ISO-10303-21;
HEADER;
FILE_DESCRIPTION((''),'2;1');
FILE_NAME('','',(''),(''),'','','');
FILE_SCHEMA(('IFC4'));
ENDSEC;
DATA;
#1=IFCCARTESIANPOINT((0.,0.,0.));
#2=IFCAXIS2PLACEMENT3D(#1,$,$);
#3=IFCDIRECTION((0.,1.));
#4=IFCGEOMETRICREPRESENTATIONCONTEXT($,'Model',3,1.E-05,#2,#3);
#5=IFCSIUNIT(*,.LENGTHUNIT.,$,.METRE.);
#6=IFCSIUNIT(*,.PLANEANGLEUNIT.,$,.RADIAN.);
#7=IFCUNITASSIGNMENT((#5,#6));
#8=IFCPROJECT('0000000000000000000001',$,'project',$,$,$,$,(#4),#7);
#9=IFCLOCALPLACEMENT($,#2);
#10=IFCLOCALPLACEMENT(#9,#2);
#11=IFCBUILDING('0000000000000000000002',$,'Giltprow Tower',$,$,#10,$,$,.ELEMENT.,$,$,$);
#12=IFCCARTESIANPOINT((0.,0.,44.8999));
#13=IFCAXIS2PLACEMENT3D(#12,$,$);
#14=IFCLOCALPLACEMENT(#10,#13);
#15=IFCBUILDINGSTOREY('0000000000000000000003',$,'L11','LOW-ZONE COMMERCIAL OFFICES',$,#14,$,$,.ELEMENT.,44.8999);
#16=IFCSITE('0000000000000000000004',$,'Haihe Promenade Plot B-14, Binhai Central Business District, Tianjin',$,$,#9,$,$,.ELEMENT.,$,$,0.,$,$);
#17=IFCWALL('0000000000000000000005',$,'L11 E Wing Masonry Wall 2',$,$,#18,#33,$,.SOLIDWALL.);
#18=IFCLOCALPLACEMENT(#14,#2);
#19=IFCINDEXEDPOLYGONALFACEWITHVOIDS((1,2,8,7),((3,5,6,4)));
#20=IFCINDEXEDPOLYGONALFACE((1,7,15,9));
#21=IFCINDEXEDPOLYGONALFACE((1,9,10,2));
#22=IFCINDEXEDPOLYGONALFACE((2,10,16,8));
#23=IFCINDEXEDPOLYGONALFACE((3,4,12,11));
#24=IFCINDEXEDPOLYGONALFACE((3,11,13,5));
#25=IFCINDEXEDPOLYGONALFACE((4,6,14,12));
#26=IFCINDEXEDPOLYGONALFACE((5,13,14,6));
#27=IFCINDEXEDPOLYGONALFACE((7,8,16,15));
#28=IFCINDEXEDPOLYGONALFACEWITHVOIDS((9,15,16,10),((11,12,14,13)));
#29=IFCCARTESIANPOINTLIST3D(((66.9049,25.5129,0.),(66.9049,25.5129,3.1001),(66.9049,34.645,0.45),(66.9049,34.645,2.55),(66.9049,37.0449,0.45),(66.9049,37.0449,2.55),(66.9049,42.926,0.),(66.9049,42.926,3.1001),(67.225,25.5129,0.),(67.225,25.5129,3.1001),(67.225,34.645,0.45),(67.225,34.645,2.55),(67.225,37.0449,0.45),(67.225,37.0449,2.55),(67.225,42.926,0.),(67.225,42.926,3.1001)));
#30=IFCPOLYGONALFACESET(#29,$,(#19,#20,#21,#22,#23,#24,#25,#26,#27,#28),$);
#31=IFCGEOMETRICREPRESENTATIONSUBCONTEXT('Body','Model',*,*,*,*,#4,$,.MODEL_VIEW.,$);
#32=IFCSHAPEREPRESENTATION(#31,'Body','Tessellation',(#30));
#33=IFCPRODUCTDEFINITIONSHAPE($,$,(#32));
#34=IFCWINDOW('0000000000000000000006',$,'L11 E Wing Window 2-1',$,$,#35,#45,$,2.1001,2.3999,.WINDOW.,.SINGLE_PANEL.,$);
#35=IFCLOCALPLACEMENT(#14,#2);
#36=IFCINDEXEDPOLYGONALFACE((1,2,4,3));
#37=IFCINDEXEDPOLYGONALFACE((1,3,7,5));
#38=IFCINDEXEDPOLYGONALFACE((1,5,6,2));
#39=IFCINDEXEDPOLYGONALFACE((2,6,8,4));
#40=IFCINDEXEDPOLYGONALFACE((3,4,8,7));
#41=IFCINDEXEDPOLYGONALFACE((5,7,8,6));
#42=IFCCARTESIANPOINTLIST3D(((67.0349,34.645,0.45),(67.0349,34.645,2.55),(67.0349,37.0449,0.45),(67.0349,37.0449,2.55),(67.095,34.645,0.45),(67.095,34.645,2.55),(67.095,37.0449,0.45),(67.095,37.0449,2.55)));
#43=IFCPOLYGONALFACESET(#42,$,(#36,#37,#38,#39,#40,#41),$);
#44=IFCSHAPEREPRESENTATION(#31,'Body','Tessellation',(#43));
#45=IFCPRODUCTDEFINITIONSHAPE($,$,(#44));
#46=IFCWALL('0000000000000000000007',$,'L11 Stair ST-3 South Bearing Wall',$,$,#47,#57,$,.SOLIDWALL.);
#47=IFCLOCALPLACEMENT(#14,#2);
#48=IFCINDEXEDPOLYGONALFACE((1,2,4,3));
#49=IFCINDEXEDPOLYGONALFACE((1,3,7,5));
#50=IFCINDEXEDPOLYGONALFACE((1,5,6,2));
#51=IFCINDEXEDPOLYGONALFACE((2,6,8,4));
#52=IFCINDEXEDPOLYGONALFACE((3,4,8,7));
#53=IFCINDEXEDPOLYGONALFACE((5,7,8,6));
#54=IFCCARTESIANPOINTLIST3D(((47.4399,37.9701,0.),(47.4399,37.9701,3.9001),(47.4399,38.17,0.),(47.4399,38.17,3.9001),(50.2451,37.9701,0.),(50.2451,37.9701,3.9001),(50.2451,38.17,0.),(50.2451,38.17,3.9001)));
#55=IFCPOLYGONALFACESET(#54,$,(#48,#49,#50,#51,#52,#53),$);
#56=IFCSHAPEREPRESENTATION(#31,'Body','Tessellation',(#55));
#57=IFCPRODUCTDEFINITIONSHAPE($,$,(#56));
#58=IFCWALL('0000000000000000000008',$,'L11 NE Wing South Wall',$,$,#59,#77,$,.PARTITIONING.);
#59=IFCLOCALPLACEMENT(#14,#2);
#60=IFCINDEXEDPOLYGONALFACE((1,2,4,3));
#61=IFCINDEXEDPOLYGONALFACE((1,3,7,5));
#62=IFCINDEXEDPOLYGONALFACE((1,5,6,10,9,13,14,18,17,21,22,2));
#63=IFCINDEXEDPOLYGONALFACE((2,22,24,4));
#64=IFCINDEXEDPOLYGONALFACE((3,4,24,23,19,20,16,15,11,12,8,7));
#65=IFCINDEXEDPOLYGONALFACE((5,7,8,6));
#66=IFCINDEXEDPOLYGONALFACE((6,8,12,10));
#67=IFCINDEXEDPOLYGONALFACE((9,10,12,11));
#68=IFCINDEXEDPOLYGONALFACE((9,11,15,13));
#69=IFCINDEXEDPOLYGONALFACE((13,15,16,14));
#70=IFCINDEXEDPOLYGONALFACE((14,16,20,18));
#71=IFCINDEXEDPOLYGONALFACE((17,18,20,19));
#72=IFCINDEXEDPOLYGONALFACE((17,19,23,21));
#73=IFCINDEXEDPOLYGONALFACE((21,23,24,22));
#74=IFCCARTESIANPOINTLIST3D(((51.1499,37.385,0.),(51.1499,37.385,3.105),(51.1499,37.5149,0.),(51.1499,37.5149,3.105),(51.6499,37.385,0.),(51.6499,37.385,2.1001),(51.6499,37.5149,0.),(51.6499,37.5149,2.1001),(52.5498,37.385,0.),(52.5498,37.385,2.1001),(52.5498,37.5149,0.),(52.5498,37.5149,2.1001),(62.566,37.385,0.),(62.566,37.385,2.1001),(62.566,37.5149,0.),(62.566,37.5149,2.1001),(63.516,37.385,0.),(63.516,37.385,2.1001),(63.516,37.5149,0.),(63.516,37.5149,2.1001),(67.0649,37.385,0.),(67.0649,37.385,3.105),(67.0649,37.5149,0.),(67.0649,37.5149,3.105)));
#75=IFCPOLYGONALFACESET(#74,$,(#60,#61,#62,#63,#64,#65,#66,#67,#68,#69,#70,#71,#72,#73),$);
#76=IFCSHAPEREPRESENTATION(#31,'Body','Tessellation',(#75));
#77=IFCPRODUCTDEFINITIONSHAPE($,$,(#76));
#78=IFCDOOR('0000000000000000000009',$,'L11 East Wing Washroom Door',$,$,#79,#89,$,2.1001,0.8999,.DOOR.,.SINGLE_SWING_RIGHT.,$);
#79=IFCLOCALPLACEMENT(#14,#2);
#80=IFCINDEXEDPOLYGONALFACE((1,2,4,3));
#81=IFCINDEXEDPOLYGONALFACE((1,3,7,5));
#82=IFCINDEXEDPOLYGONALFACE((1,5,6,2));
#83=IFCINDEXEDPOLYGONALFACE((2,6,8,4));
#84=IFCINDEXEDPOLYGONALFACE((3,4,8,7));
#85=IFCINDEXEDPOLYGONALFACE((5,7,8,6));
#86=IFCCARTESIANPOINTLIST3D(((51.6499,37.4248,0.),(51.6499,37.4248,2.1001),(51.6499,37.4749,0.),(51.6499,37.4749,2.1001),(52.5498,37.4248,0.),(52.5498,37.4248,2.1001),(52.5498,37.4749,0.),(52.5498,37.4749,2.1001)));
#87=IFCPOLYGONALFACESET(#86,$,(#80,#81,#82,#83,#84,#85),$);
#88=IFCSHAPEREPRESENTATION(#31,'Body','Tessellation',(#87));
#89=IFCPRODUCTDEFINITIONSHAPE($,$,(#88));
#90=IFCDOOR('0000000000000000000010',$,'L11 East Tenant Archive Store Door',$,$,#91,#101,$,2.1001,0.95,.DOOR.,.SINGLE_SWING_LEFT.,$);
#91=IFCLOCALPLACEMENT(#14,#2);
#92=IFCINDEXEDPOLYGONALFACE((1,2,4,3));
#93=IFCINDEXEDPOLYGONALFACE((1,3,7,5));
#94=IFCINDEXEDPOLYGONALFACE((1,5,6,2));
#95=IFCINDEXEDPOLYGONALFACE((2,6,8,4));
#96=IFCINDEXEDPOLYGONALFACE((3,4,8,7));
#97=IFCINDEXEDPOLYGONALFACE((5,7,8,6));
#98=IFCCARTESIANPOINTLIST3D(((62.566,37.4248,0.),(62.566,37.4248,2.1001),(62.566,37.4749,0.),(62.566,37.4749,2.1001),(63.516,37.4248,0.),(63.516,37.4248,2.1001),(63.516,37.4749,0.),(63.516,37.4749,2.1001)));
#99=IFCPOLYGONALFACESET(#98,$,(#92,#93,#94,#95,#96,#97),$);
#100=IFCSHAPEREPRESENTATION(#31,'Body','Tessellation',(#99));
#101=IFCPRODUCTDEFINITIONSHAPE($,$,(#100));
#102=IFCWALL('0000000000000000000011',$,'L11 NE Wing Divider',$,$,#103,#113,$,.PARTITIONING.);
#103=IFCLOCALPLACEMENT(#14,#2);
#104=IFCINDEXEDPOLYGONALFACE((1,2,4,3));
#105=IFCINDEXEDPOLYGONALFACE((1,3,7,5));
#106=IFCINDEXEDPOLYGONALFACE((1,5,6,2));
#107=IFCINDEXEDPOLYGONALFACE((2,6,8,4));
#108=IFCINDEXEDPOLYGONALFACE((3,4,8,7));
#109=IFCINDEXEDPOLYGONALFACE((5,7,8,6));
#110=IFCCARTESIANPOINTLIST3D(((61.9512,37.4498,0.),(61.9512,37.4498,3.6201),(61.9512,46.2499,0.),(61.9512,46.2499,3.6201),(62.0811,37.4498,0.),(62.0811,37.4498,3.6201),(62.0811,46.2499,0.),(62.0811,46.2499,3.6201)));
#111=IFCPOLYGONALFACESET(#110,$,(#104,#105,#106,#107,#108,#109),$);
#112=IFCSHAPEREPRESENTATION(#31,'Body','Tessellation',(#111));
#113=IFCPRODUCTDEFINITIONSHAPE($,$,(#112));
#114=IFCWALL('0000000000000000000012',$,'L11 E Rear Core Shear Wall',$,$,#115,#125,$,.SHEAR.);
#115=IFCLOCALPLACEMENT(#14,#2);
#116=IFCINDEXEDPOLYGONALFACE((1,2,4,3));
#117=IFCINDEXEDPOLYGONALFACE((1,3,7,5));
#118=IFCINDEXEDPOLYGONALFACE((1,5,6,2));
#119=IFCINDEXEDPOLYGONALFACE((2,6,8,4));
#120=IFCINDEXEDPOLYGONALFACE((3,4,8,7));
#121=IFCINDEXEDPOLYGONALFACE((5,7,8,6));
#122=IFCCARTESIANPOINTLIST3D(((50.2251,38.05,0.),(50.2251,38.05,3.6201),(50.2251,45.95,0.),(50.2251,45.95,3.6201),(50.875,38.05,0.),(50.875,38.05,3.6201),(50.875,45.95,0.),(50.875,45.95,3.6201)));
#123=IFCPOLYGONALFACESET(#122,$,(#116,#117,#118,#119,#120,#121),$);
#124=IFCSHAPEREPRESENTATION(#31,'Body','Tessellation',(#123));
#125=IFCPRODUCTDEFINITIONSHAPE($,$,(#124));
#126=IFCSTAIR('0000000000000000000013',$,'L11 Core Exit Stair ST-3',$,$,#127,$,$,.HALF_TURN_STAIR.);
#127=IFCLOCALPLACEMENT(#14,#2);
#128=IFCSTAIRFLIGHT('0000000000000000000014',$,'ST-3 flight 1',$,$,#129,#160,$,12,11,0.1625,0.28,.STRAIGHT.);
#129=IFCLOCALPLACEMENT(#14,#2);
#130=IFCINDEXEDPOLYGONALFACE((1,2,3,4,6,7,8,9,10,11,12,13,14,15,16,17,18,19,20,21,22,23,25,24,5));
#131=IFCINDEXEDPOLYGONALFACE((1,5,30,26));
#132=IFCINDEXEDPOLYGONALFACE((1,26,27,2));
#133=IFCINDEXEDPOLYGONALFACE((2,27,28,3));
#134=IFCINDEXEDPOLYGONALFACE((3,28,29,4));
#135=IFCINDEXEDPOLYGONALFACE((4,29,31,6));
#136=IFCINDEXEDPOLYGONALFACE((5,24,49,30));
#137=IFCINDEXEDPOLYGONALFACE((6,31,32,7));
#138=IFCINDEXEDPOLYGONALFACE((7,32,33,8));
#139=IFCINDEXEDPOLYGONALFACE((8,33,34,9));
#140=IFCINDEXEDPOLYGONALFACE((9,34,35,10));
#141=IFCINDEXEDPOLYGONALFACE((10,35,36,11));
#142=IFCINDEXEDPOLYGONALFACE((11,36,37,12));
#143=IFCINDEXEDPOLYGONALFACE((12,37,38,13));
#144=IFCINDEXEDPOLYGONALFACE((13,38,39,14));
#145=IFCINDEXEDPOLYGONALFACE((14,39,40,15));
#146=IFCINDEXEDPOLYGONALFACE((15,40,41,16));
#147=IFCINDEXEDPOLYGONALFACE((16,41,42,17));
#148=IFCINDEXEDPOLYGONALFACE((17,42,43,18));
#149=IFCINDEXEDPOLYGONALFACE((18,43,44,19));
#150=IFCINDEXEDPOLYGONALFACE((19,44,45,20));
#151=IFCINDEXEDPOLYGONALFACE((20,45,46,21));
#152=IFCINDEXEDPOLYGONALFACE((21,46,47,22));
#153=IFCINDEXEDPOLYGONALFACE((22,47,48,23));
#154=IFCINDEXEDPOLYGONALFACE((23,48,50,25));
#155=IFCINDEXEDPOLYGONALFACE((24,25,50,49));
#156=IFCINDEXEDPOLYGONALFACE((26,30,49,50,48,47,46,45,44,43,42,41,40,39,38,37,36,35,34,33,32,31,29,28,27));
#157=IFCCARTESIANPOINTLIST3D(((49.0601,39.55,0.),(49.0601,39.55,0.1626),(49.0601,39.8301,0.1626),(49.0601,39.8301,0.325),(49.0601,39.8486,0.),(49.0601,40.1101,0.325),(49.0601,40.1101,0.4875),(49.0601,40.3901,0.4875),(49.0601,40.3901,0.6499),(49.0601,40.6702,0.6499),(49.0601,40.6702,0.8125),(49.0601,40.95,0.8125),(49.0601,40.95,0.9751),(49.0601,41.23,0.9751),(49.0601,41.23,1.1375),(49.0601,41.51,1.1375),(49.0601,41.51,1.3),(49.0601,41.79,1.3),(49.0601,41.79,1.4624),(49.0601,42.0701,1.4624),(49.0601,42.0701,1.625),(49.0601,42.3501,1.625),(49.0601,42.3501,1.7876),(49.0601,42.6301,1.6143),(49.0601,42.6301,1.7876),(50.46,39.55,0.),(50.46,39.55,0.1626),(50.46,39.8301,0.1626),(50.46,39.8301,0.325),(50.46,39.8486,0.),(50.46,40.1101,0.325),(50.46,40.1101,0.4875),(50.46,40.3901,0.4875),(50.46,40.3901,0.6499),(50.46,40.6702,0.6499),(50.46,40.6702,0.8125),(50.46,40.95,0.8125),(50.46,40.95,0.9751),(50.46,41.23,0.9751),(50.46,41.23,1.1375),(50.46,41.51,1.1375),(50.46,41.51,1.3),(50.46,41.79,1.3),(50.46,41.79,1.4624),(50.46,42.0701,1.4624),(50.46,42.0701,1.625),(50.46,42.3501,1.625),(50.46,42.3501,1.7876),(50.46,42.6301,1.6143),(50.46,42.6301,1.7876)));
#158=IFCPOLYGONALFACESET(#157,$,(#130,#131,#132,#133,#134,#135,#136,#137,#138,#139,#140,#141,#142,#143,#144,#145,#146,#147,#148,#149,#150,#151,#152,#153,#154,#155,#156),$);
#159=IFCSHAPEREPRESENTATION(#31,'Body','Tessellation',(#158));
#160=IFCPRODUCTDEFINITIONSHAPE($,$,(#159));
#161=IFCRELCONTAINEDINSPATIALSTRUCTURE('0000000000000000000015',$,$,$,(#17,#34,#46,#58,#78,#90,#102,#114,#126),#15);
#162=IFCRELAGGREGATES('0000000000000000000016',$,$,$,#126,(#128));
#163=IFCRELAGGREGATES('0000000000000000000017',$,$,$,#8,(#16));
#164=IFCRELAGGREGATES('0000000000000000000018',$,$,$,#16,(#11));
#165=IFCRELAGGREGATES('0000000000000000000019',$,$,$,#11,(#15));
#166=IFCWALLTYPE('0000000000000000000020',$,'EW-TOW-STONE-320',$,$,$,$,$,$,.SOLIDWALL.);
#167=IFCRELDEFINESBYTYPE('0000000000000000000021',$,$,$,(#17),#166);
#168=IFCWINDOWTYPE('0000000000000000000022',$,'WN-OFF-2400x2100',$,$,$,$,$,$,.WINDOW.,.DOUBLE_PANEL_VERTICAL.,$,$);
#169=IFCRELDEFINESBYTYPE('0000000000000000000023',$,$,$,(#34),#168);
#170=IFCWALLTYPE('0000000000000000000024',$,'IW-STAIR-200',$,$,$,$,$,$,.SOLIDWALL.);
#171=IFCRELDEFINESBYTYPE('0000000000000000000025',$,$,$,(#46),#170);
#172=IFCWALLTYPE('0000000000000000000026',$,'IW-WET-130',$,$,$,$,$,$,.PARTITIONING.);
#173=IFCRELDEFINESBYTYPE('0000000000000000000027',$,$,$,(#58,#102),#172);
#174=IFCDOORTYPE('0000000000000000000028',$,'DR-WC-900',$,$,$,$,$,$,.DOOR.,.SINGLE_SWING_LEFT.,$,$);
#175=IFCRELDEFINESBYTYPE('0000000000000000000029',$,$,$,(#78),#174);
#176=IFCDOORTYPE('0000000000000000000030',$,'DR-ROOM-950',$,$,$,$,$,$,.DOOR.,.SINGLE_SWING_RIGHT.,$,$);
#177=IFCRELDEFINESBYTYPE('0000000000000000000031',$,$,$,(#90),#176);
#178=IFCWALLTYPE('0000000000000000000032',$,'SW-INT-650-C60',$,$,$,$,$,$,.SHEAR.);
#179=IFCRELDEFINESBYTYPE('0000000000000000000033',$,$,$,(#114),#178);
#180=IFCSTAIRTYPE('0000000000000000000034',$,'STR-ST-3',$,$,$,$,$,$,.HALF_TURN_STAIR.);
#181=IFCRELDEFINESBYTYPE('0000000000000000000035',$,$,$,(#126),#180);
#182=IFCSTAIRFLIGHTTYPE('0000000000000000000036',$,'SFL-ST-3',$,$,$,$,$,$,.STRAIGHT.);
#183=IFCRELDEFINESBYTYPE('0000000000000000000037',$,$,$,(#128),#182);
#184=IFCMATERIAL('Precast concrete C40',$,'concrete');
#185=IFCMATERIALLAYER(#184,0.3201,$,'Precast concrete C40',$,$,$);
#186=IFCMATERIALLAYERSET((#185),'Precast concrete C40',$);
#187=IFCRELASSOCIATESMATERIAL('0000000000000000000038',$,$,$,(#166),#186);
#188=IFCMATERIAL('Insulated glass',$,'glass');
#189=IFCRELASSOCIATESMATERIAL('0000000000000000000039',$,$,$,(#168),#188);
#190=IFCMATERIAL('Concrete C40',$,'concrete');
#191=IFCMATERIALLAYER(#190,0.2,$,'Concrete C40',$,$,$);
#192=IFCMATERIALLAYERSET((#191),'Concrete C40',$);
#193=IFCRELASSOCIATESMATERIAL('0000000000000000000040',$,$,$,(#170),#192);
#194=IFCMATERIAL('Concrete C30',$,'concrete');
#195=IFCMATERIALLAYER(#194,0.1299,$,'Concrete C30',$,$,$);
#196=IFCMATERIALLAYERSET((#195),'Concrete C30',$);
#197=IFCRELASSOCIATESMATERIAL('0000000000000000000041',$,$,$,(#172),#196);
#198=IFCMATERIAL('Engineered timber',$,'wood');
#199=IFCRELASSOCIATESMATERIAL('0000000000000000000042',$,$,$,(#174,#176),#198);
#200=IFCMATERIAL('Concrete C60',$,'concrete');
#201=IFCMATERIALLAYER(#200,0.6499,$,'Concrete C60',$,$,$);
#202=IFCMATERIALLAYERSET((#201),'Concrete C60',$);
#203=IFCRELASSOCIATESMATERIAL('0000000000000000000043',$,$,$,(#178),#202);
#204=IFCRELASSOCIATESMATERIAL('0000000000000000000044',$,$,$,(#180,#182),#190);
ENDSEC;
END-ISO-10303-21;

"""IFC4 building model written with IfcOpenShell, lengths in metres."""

from ifc_helpers import new_model, si_unit, direction, frame, frame_2d, origin, place, context, subcontext, project, spatial, polyline, rectangle, outline, extrude, source, transform, mapped, material, layer, layer_set, type_object, element, fill, aggregate, save


model = new_model("IFC4")

# Units and contexts
model_context = context("Model", 3, precision=1e-05, world=origin(), true_north=direction((0.0, 1.0)))
body_context = subcontext(model_context, "Body", "Model", "MODEL_VIEW")
ifc_project = project(units=[si_unit("LENGTHUNIT", "METRE"), si_unit("PLANEANGLEUNIT", "RADIAN")], contexts=[model_context])

# Site, building, storey
site_placement = place(None, origin())
site = spatial("IfcSite", under=ifc_project, at=site_placement, Name="Haihe Promenade Plot B-14, Binhai Central Business District, Tianjin", CompositionType="ELEMENT", RefElevation=0.0)
building_placement = place(site_placement, origin())
building = spatial("IfcBuilding", under=site, at=building_placement, Name="Giltprow Tower", CompositionType="ELEMENT")
storey_placement = place(building_placement, frame((0.0, 0.0, 44.8999)))
storey = spatial("IfcBuildingStorey", under=building, at=storey_placement, Name="L11", Description="LOW-ZONE COMMERCIAL OFFICES", CompositionType="ELEMENT", Elevation=44.8999)

# Shared definitions
ifc_material_1 = material(Name="Concrete C60", Category="concrete")

# Wall, opening, window
ifc_material_2 = material(Name="Precast concrete C40", Category="concrete")
ifc_layer_1 = layer(ifc_material_2, 0.3201, Name="Precast concrete C40")
ifc_layer_set_1 = layer_set([ifc_layer_1], Name="Precast concrete C40")
wall_type_1 = type_object("IfcWallType", Name="EW-TOW-STONE-320", PredefinedType="SOLIDWALL", material=ifc_layer_set_1)
wall_1_placement = place(storey_placement, frame((67.0649, 25.5129, 0.0), z_axis=(0.0, 0.0, 1.0), x_axis=(0.0, 1.0, 0.0)))
wall_1 = element("IfcWall", 1, at=wall_1_placement, inside=storey, type_object=wall_type_1, Name="L11 E Wing Masonry Wall 2", PredefinedType="SOLIDWALL", context=body_context, shape_type="SweptSolid", body=[
    extrude(rectangle(XDim=17.4131, YDim=0.3201, at=frame_2d((8.7065, 0.0))), origin(), (0.0, 0.0, 1.0), 3.1001),
])
opening_1_placement = place(wall_1_placement, frame((9.1321, 0.0, 0.45)))
opening_1 = element("IfcOpeningElement", 2, at=opening_1_placement, cuts=wall_1, PredefinedType="OPENING", context=body_context, shape_type="SweptSolid", body=[
    extrude(rectangle(XDim=2.3999, YDim=2.1001, at=frame_2d((1.2, 1.05))), frame((0.0, 0.1699, 0.0), z_axis=(0.0, -1.0, 0.0), x_axis=(1.0, 0.0, 0.0)), (0.0, 0.0, 1.0), 0.3401),
])
ifc_material_3 = material(Name="Insulated glass", Category="glass")
window_type = type_object("IfcWindowType", Name="WN-OFF-2400x2100", PartitioningType="DOUBLE_PANEL_VERTICAL", PredefinedType="WINDOW", material=ifc_material_3)
shared_shape_1 = source(origin(), body_context, "Body", "SweptSolid", [
    extrude(rectangle(XDim=2.3999, YDim=2.1001, at=frame_2d((1.2, 1.05))), frame((0.0, 0.03, 0.0), z_axis=(0.0, -1.0, 0.0), x_axis=(1.0, 0.0, 0.0)), (0.0, 0.0, 1.0), 0.0601),
])
window_placement = place(opening_1_placement, origin())
window = element("IfcWindow", 3, at=window_placement, inside=storey, type_object=window_type, Name="L11 E Wing Window 2-1", OverallHeight=2.1001, OverallWidth=2.3999, PartitioningType="SINGLE_PANEL", PredefinedType="WINDOW", context=body_context, shape_type="MappedRepresentation", body=[
    mapped(shared_shape_1, transform((0.0, 0.0, 0.0), x_axis=(1.0, 0.0, 0.0), y_axis=(0.0, 1.0, 0.0), z_axis=(0.0, 0.0, 1.0), scale=1.0)),
])
fill(opening_1, window)

# Wall
ifc_material_4 = material(Name="Concrete C40", Category="concrete")
ifc_layer_2 = layer(ifc_material_4, 0.2, Name="Concrete C40")
ifc_layer_set_2 = layer_set([ifc_layer_2], Name="Concrete C40")
wall_type_2 = type_object("IfcWallType", Name="IW-STAIR-200", PredefinedType="SOLIDWALL", material=ifc_layer_set_2)
wall_2_placement = place(storey_placement, frame((47.4399, 38.0701, 0.0), z_axis=(0.0, 0.0, 1.0), x_axis=(1.0, 0.0, 0.0)))
element("IfcWall", 4, at=wall_2_placement, inside=storey, type_object=wall_type_2, Name="L11 Stair ST-3 South Bearing Wall", PredefinedType="SOLIDWALL", context=body_context, shape_type="SweptSolid", body=[
    extrude(rectangle(XDim=2.8052, YDim=0.2, at=frame_2d((1.4026, 0.0))), origin(), (0.0, 0.0, 1.0), 3.9001),
])

# Wall, openings, doors
ifc_material_5 = material(Name="Concrete C30", Category="concrete")
ifc_layer_3 = layer(ifc_material_5, 0.1299, Name="Concrete C30")
ifc_layer_set_3 = layer_set([ifc_layer_3], Name="Concrete C30")
wall_type_3 = type_object("IfcWallType", Name="IW-WET-130", PredefinedType="PARTITIONING", material=ifc_layer_set_3)
wall_3_placement = place(storey_placement, frame((51.1499, 37.45, 0.0), z_axis=(0.0, 0.0, 1.0), x_axis=(1.0, 0.0, 0.0)))
wall_3 = element("IfcWall", 5, at=wall_3_placement, inside=storey, type_object=wall_type_3, Name="L11 NE Wing South Wall", PredefinedType="PARTITIONING", context=body_context, shape_type="SweptSolid", body=[
    extrude(rectangle(XDim=15.915, YDim=0.1299, at=frame_2d((7.9575, 0.0))), origin(), (0.0, 0.0, 1.0), 3.105),
])
opening_2_placement = place(wall_3_placement, frame((0.5, 0.0, 0.0)))
opening_2 = element("IfcOpeningElement", 6, at=opening_2_placement, cuts=wall_3, PredefinedType="OPENING", context=body_context, shape_type="SweptSolid", body=[
    extrude(rectangle(XDim=0.8999, YDim=2.1001, at=frame_2d((0.45, 1.05))), frame((0.0, 0.075, 0.0), z_axis=(0.0, -1.0, 0.0), x_axis=(1.0, 0.0, 0.0)), (0.0, 0.0, 1.0), 0.1499),
])
opening_3_placement = place(wall_3_placement, frame((11.416, 0.0, 0.0)))
opening_3 = element("IfcOpeningElement", 7, at=opening_3_placement, cuts=wall_3, PredefinedType="OPENING", context=body_context, shape_type="SweptSolid", body=[
    extrude(rectangle(XDim=0.95, YDim=2.1001, at=frame_2d((0.4751, 1.05))), frame((0.0, 0.075, 0.0), z_axis=(0.0, -1.0, 0.0), x_axis=(1.0, 0.0, 0.0)), (0.0, 0.0, 1.0), 0.1499),
])
ifc_material_6 = material(Name="Engineered timber", Category="wood")
door_type_1 = type_object("IfcDoorType", Name="DR-WC-900", OperationType="SINGLE_SWING_LEFT", PredefinedType="DOOR", material=ifc_material_6)
shared_shape_2 = source(origin(), body_context, "Body", "SweptSolid", [
    extrude(rectangle(XDim=0.8999, YDim=2.1001, at=frame_2d((0.45, 1.05))), frame((0.0, 0.0249, 0.0), z_axis=(0.0, -1.0, 0.0), x_axis=(1.0, 0.0, 0.0)), (0.0, 0.0, 1.0), 0.05),
])
door_1_placement = place(opening_2_placement, origin())
door_1 = element("IfcDoor", 8, at=door_1_placement, inside=storey, type_object=door_type_1, Name="L11 East Wing Washroom Door", OperationType="SINGLE_SWING_RIGHT", OverallHeight=2.1001, OverallWidth=0.8999, PredefinedType="DOOR", context=body_context, shape_type="MappedRepresentation", body=[
    mapped(shared_shape_2, transform((0.0, 0.0, 0.0), x_axis=(1.0, 0.0, 0.0), y_axis=(0.0, 1.0, 0.0), z_axis=(0.0, 0.0, 1.0), scale=1.0)),
])
fill(opening_2, door_1)
door_type_2 = type_object("IfcDoorType", Name="DR-ROOM-950", OperationType="SINGLE_SWING_RIGHT", PredefinedType="DOOR", material=ifc_material_6)
shared_shape_3 = source(origin(), body_context, "Body", "SweptSolid", [
    extrude(rectangle(XDim=0.95, YDim=2.1001, at=frame_2d((0.4751, 1.05))), frame((0.0, 0.0249, 0.0), z_axis=(0.0, -1.0, 0.0), x_axis=(1.0, 0.0, 0.0)), (0.0, 0.0, 1.0), 0.05),
])
door_2_placement = place(opening_3_placement, origin())
door_2 = element("IfcDoor", 9, at=door_2_placement, inside=storey, type_object=door_type_2, Name="L11 East Tenant Archive Store Door", OperationType="SINGLE_SWING_LEFT", OverallHeight=2.1001, OverallWidth=0.95, PredefinedType="DOOR", context=body_context, shape_type="MappedRepresentation", body=[
    mapped(shared_shape_3, transform((0.0, 0.0, 0.0), x_axis=(1.0, 0.0, 0.0), y_axis=(0.0, 1.0, 0.0), z_axis=(0.0, 0.0, 1.0), scale=1.0)),
])
fill(opening_3, door_2)

# Walls
wall_4_placement = place(storey_placement, frame((62.0161, 37.45, 0.0), z_axis=(0.0, 0.0, 1.0), x_axis=(0.0, 1.0, 0.0)))
element("IfcWall", 10, at=wall_4_placement, inside=storey, type_object=wall_type_3, Name="L11 NE Wing Divider", PredefinedType="PARTITIONING", context=body_context, shape_type="SweptSolid", body=[
    extrude(rectangle(XDim=8.8, YDim=0.1299, at=frame_2d((4.3999, 0.0))), origin(), (0.0, 0.0, 1.0), 3.6201),
])
ifc_layer_4 = layer(ifc_material_1, 0.6499, Name="Concrete C60")
ifc_layer_set_4 = layer_set([ifc_layer_4], Name="Concrete C60")
wall_type_4 = type_object("IfcWallType", Name="SW-INT-650-C60", PredefinedType="SHEAR", material=ifc_layer_set_4)
wall_5_placement = place(storey_placement, frame((50.55, 38.05, 0.0), z_axis=(0.0, 0.0, 1.0), x_axis=(0.0, 1.0, 0.0)))
element("IfcWall", 11, at=wall_5_placement, inside=storey, type_object=wall_type_4, Name="L11 E Rear Core Shear Wall", PredefinedType="SHEAR", context=body_context, shape_type="SweptSolid", body=[
    extrude(rectangle(XDim=7.8999, YDim=0.6499, at=frame_2d((3.95, 0.0))), origin(), (0.0, 0.0, 1.0), 3.6201),
])

# Stair, stair flight
stair_type = type_object("IfcStairType", Name="STR-ST-3", PredefinedType="HALF_TURN_STAIR", material=ifc_material_4)
stair_placement = place(storey_placement, origin())
stair = element("IfcStair", 12, at=stair_placement, inside=storey, type_object=stair_type, Name="L11 Core Exit Stair ST-3", PredefinedType="HALF_TURN_STAIR")
stair_flight_type = type_object("IfcStairFlightType", Name="SFL-ST-3", PredefinedType="STRAIGHT", material=ifc_material_4)
stair_flight_placement = place(storey_placement, frame((49.76, 39.55, 0.0), z_axis=(0.0, 0.0, 1.0), x_axis=(0.0, 1.0, 0.0)))
stair_flight = element("IfcStairFlight", 13, at=stair_flight_placement, type_object=stair_flight_type, Name="ST-3 flight 1", NumberOfRisers=12, NumberOfTreads=11, PredefinedType="STRAIGHT", RiserHeight=0.1625, TreadLength=0.28, context=body_context, shape_type="SweptSolid", body=[
    extrude(outline(polyline([(0.0, 0.0), (0.0, 0.1626), (0.28, 0.1626), (0.28, 0.325), (0.5601, 0.325), (0.5601, 0.4875), (0.8401, 0.4875), (0.8401, 0.6499), (1.1201, 0.6499), (1.1201, 0.8125), (1.3999, 0.8125), (1.3999, 0.9751), (1.6799, 0.9751), (1.6799, 1.1375), (1.96, 1.1375), (1.96, 1.3), (2.24, 1.3), (2.24, 1.4624), (2.52, 1.4624), (2.52, 1.625), (2.8, 1.625), (2.8, 1.7876), (3.0801, 1.7876), (3.0801, 1.95), (3.0801, 1.6143), (0.2986, 0.0), (0.0, 0.0)])), frame((0.0, 0.7, 0.0), z_axis=(0.0, -1.0, 0.0), x_axis=(1.0, 0.0, 0.0)), (0.0, 0.0, 1.0), 1.3999),
])
aggregate(stair, [stair_flight])

save(model, "model.ifc")
